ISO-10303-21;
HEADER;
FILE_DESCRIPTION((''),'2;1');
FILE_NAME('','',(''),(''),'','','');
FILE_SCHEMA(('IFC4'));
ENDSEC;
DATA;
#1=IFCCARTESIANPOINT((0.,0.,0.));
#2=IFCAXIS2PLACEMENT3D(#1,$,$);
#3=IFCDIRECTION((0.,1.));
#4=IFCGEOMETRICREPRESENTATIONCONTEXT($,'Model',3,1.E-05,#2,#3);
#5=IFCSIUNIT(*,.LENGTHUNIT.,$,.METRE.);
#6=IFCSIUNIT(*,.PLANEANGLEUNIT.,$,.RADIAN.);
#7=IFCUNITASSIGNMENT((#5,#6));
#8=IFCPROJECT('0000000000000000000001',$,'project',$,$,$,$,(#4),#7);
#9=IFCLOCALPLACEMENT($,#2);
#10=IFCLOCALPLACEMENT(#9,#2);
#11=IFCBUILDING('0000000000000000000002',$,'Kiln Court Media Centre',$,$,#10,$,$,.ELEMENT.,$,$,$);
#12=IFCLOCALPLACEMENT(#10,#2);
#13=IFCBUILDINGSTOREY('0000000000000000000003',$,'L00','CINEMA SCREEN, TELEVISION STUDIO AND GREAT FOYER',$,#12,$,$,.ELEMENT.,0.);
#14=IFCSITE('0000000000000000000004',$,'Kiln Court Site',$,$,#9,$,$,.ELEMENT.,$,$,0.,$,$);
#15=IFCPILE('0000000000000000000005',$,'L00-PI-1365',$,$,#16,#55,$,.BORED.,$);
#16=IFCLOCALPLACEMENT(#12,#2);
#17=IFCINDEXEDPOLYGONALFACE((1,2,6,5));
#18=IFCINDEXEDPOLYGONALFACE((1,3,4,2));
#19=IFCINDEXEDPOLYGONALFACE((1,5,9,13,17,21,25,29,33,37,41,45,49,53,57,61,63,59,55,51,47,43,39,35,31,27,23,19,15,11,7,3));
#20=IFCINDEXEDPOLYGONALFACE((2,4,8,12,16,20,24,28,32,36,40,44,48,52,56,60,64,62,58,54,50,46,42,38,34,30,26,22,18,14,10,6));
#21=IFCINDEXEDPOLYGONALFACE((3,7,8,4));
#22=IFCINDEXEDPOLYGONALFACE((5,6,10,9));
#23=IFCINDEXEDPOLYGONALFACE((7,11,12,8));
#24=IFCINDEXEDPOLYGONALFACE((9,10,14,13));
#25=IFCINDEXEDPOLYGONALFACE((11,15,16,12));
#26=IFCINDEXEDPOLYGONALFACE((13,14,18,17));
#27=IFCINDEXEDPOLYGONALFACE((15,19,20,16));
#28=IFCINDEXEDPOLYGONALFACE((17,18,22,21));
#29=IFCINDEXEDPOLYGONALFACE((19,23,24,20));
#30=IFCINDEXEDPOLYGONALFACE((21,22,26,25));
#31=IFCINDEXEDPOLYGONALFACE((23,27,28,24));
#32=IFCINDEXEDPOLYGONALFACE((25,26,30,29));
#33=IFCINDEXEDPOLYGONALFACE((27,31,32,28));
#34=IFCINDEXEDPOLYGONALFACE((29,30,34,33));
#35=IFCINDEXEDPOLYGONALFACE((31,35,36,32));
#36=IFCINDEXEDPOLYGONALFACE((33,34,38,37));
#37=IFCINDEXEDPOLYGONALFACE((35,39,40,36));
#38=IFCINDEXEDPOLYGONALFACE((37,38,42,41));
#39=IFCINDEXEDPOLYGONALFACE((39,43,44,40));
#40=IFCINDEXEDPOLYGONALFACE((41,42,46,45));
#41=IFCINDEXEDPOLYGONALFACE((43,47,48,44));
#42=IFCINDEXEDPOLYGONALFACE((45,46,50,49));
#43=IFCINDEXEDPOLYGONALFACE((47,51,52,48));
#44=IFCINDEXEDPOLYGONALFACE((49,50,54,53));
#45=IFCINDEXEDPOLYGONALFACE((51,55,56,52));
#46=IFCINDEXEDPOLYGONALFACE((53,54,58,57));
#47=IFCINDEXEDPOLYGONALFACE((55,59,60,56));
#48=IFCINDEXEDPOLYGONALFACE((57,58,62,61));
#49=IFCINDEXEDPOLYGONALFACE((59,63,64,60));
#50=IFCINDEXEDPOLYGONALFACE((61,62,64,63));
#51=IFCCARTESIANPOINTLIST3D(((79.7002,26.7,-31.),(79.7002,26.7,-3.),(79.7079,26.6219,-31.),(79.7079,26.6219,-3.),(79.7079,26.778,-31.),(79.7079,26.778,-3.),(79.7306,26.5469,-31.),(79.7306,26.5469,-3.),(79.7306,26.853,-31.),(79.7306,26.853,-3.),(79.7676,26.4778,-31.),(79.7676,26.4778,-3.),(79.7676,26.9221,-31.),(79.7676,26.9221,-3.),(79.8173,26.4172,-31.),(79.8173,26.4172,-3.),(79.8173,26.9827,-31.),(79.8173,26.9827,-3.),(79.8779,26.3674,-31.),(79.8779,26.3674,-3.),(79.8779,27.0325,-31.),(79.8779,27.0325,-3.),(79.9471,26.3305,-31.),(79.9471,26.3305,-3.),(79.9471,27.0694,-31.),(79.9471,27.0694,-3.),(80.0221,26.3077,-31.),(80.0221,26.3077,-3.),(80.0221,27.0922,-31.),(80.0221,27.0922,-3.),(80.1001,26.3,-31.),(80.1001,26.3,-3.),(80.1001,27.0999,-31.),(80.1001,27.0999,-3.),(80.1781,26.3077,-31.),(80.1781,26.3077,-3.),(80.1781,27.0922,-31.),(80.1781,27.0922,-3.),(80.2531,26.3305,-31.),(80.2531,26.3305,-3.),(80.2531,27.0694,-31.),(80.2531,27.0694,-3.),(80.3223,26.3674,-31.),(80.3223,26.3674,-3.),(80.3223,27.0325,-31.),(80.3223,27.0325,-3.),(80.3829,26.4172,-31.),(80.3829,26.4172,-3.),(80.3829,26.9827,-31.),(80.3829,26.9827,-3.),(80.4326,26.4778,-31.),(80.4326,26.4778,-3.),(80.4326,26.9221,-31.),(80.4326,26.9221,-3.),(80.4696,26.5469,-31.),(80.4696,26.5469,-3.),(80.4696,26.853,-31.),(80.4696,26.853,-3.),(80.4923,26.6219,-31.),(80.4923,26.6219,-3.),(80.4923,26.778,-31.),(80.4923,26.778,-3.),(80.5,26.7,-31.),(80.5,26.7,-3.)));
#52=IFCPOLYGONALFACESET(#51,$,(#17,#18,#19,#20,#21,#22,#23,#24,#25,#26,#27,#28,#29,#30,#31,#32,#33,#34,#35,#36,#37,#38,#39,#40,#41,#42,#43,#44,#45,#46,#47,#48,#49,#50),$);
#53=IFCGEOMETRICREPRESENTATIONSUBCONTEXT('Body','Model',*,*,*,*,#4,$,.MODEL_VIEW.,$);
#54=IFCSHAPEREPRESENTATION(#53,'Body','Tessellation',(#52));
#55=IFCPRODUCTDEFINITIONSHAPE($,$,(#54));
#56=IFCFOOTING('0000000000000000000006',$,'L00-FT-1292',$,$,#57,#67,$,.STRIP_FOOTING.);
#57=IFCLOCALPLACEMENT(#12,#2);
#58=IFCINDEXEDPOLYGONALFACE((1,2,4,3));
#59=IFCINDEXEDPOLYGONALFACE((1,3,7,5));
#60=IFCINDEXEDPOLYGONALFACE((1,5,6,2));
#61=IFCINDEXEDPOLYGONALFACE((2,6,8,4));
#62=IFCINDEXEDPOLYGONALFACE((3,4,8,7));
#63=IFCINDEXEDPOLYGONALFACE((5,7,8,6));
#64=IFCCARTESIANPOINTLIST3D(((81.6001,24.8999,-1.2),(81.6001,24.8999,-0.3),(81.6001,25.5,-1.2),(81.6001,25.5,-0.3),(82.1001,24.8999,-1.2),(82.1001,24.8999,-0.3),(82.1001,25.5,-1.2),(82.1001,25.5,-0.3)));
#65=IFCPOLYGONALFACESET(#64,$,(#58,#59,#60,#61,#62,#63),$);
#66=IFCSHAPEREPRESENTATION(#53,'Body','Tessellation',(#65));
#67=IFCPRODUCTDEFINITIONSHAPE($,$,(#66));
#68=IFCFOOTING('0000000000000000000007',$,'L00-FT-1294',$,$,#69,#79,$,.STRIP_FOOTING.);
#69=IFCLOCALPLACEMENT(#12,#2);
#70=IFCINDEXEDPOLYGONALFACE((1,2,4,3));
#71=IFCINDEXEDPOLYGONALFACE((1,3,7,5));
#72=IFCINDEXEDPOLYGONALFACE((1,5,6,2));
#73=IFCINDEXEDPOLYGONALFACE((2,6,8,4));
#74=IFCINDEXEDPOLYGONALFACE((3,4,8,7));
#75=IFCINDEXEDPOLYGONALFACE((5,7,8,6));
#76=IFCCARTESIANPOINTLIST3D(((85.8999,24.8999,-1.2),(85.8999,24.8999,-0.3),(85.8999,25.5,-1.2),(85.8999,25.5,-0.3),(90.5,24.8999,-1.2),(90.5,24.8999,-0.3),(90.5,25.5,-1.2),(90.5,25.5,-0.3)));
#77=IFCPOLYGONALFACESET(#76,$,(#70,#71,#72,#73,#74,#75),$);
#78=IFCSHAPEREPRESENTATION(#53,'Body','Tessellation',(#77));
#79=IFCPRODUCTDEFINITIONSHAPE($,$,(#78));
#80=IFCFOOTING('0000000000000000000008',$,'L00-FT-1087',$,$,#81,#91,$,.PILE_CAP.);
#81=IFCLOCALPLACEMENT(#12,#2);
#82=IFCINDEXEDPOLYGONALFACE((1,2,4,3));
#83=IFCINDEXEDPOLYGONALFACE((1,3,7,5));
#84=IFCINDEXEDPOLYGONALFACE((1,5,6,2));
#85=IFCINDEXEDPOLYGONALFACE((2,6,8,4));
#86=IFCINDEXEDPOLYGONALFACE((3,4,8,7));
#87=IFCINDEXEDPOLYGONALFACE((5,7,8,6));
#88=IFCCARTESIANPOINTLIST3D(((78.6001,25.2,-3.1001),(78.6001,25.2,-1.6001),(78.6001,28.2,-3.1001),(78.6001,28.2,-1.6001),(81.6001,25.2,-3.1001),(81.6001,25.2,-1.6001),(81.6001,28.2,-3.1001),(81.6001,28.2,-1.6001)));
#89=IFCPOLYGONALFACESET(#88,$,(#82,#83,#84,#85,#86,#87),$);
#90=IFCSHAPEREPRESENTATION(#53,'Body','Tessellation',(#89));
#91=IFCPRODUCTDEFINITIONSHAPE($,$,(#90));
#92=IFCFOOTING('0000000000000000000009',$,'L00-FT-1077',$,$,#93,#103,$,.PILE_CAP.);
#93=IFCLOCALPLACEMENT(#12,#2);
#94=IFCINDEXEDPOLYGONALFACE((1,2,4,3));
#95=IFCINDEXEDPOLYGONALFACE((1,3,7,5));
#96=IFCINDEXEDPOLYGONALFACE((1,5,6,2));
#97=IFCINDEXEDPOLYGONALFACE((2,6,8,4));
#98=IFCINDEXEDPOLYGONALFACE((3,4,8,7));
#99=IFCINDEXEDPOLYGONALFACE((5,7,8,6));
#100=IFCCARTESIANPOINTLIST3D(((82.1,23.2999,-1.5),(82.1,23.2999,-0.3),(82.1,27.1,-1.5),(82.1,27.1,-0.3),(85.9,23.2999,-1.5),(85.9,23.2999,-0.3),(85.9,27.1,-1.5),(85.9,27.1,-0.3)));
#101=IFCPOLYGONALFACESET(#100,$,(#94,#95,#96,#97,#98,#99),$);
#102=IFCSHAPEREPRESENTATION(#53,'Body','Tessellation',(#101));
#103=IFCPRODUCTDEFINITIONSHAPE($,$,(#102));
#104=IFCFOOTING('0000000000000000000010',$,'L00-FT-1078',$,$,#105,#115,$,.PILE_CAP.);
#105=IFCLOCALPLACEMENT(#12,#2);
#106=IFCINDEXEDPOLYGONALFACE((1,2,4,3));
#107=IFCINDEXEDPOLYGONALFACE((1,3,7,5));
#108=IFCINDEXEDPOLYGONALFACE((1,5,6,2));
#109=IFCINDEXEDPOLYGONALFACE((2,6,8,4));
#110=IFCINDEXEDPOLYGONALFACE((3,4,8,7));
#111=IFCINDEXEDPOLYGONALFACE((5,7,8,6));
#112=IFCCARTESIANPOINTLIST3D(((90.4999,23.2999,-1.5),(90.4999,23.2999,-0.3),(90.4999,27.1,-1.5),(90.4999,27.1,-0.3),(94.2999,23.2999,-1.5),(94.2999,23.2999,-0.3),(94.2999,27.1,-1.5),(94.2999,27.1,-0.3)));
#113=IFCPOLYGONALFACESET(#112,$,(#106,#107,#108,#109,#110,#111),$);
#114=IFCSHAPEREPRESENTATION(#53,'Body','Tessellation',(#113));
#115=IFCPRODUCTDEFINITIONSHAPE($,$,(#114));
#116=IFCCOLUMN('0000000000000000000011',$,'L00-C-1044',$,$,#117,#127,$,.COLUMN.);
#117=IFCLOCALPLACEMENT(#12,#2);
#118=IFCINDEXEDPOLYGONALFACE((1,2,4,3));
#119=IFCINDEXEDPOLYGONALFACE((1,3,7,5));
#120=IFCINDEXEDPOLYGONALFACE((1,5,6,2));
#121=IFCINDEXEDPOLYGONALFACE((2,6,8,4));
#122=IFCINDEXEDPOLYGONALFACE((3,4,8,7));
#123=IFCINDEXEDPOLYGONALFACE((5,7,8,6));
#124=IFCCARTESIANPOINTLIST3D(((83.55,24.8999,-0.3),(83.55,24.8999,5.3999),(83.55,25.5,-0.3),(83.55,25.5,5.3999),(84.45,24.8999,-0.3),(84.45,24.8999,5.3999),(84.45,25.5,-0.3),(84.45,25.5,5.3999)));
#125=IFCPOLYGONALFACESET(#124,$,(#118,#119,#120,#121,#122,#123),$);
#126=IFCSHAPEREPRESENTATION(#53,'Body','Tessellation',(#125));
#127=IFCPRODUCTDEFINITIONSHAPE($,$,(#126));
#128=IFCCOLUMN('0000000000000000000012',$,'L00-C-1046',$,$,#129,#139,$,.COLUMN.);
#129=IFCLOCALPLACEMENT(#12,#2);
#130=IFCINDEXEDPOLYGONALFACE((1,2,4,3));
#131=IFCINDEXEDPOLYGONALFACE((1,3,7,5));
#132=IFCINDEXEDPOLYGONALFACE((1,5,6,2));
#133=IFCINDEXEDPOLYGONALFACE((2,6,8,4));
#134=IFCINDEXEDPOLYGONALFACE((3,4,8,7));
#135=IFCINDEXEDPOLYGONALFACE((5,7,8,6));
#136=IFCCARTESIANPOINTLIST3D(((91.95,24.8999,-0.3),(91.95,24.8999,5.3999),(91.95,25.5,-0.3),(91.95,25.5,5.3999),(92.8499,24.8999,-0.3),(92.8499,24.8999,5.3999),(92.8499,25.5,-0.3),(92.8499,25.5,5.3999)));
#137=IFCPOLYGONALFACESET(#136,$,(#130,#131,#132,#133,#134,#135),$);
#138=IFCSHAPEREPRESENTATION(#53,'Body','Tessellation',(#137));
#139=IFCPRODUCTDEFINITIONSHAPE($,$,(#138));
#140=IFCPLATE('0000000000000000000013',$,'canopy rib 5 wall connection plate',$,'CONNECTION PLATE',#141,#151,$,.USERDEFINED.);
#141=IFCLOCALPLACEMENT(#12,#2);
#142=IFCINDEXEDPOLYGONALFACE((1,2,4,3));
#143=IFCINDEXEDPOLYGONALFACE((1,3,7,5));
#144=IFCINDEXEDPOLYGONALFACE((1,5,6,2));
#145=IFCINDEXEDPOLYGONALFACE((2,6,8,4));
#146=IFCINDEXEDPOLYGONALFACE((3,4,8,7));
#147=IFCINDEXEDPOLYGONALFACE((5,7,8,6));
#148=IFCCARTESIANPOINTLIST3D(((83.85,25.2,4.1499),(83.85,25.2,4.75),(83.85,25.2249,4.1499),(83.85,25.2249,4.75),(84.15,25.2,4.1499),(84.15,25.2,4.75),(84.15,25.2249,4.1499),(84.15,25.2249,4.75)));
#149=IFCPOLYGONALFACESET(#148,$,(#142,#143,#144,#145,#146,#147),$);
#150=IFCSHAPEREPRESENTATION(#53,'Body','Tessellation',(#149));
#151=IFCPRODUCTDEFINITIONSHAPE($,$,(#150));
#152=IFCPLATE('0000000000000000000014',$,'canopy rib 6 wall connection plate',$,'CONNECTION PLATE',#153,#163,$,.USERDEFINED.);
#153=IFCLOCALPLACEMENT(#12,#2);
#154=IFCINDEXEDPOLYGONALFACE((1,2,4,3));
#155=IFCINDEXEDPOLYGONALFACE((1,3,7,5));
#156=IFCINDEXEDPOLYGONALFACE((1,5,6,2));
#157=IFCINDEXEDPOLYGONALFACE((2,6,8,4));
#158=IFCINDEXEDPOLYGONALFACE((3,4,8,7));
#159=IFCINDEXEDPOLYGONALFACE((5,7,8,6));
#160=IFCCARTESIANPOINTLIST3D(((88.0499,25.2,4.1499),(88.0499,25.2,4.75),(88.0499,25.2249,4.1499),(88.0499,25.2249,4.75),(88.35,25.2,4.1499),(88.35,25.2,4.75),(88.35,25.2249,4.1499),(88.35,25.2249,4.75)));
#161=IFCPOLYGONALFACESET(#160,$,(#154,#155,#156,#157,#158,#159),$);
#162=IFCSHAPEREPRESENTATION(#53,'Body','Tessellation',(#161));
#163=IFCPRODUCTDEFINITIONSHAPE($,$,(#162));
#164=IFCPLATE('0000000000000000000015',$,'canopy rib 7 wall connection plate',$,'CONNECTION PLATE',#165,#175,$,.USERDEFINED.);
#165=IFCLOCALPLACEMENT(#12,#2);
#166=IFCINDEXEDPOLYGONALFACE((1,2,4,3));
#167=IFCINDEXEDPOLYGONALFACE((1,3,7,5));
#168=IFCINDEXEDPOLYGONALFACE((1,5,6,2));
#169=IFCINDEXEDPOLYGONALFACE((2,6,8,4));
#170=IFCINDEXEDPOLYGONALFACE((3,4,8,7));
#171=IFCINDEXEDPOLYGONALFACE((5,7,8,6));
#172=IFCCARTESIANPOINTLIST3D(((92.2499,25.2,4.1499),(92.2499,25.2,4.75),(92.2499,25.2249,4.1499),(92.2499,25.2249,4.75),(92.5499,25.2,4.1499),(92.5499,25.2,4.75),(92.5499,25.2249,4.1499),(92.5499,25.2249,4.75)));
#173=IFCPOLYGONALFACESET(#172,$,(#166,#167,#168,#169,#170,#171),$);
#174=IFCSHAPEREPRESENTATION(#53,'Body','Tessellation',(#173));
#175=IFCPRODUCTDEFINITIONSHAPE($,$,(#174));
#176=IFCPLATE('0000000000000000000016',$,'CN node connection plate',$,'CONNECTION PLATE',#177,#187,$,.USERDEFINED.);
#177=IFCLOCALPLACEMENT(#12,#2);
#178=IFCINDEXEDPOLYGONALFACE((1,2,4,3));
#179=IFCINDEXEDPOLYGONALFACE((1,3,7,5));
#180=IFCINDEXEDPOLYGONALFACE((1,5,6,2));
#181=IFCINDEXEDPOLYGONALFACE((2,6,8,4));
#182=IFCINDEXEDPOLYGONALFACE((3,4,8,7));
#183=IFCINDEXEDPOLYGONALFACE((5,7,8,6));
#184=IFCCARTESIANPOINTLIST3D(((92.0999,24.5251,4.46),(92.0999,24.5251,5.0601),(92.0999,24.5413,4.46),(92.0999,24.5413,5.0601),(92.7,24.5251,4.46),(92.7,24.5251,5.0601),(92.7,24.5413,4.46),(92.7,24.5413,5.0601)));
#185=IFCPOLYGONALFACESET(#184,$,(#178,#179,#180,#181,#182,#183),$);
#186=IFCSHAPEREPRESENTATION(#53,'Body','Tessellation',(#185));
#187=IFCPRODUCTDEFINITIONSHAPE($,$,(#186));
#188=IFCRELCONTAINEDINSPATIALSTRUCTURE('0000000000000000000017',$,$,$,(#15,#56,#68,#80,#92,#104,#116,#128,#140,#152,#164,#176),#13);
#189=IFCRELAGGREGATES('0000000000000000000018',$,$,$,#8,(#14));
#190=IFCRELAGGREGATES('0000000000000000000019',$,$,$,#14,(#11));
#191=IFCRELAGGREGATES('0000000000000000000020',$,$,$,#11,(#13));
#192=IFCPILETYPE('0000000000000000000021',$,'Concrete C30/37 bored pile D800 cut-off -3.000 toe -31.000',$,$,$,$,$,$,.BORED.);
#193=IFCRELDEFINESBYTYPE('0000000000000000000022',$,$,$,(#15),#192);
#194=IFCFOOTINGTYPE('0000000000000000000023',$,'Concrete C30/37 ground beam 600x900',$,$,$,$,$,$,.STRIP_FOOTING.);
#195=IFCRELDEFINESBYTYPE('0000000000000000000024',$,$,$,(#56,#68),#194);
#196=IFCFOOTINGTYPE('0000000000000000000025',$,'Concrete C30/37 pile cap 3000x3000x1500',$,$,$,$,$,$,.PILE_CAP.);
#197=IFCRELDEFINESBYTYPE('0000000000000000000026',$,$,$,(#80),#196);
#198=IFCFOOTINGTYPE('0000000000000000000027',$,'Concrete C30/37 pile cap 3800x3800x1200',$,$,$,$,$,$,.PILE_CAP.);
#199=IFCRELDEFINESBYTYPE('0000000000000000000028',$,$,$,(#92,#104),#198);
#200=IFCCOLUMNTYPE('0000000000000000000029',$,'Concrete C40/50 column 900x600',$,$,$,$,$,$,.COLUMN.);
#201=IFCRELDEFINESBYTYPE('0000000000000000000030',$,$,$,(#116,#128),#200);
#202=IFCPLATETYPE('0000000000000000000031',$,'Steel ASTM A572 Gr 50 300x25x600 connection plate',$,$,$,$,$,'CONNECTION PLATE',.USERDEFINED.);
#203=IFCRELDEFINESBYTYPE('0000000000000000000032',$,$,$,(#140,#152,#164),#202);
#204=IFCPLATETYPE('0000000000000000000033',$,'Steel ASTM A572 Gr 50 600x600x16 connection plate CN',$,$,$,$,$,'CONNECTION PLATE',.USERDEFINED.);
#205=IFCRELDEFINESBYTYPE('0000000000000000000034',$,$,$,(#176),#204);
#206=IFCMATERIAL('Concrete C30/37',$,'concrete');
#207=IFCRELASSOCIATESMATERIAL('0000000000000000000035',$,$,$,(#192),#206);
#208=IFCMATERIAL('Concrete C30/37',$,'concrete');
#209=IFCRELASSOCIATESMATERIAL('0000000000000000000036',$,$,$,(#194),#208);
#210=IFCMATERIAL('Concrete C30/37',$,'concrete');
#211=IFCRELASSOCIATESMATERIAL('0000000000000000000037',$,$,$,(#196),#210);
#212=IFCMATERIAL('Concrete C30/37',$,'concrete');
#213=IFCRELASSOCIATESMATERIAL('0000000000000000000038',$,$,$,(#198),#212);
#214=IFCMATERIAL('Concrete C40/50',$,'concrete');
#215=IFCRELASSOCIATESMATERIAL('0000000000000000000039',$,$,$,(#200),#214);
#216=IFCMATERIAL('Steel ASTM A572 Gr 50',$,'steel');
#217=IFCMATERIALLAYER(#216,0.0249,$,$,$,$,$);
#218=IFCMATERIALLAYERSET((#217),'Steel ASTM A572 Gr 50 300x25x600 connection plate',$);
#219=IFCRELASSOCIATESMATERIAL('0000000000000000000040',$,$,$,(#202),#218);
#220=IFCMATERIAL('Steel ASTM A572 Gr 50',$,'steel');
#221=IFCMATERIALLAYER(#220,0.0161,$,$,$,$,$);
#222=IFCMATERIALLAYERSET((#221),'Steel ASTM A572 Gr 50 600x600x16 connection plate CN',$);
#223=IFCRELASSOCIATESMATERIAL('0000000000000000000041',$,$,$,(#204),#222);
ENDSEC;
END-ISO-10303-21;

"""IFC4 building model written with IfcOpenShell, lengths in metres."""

from ifc_helpers import new_model, si_unit, direction, frame, origin, origin_2d, place, context, subcontext, project, spatial, rectangle, circle, extrude, material, layer, layer_set, material_profile, profile_set, type_object, element, save


model = new_model("IFC4")

# Units and contexts
model_context = context("Model", 3, precision=1e-05, world=origin(), true_north=direction((0.0, 1.0)))
body_context = subcontext(model_context, "Body", "Model", "MODEL_VIEW")
ifc_project = project(units=[si_unit("LENGTHUNIT", "METRE"), si_unit("PLANEANGLEUNIT", "RADIAN")], contexts=[model_context])

# Site, building, storey
site_placement = place(None, origin())
site = spatial("IfcSite", under=ifc_project, at=site_placement, Name="Kiln Court Site", CompositionType="ELEMENT", RefElevation=0.0)
building_placement = place(site_placement, origin())
building = spatial("IfcBuilding", under=site, at=building_placement, Name="Kiln Court Media Centre", CompositionType="ELEMENT")
storey_placement = place(building_placement, origin())
storey = spatial("IfcBuildingStorey", under=building, at=storey_placement, Name="L00", Description="CINEMA SCREEN, TELEVISION STUDIO AND GREAT FOYER", CompositionType="ELEMENT", Elevation=0.0)

# Pile
ifc_material_1 = material(Name="Concrete C30/37", Category="concrete")
ifc_material_profile_1 = material_profile(ifc_material_1, circle(Radius=0.3999, at=origin_2d()), Name="PILE D800")
ifc_profile_set_1 = profile_set([ifc_material_profile_1], Name="Concrete C30/37")
pile_type_1 = type_object("IfcPileType", Name="Concrete C30/37 bored pile D800 cut-off -3.000 toe -31.000", PredefinedType="BORED", material=ifc_profile_set_1)
pile_placement = place(storey_placement, frame((80.1001, 26.7, -3.0), z_axis=(0.0, 0.0, -1.0), x_axis=(1.0, 0.0, 0.0)))
element("IfcPile", 1, at=pile_placement, inside=storey, type_object=pile_type_1, Name="L00-PI-1365", PredefinedType="BORED", context=body_context, shape_type="SweptSolid", body=[
    extrude(circle(Radius=0.3999, at=origin_2d()), origin(), (0.0, 0.0, 1.0), 28.0),
])

# Footings
ifc_material_2 = material(Name="Concrete C30/37", Category="concrete")
footing_type_1 = type_object("IfcFootingType", Name="Concrete C30/37 ground beam 600x900", PredefinedType="STRIP_FOOTING", material=ifc_material_2)
footing_1_placement = place(storey_placement, frame((81.8501, 25.2, -1.2), z_axis=(0.0, 0.0, 1.0), x_axis=(1.0, 0.0, 0.0)))
element("IfcFooting", 2, at=footing_1_placement, inside=storey, type_object=footing_type_1, Name="L00-FT-1292", PredefinedType="STRIP_FOOTING", context=body_context, shape_type="SweptSolid", body=[
    extrude(rectangle(XDim=0.5, YDim=0.6001, at=origin_2d()), origin(), (0.0, 0.0, 1.0), 0.8999),
])
footing_2_placement = place(storey_placement, frame((88.2, 25.2, -1.2), z_axis=(0.0, 0.0, 1.0), x_axis=(1.0, 0.0, 0.0)))
element("IfcFooting", 3, at=footing_2_placement, inside=storey, type_object=footing_type_1, Name="L00-FT-1294", PredefinedType="STRIP_FOOTING", context=body_context, shape_type="SweptSolid", body=[
    extrude(rectangle(XDim=4.6001, YDim=0.6001, at=origin_2d()), origin(), (0.0, 0.0, 1.0), 0.8999),
])
ifc_material_3 = material(Name="Concrete C30/37", Category="concrete")
footing_type_2 = type_object("IfcFootingType", Name="Concrete C30/37 pile cap 3000x3000x1500", PredefinedType="PILE_CAP", material=ifc_material_3)
footing_3_placement = place(storey_placement, frame((80.1001, 26.7, -3.1001), z_axis=(0.0, 0.0, 1.0), x_axis=(1.0, 0.0, 0.0)))
element("IfcFooting", 4, at=footing_3_placement, inside=storey, type_object=footing_type_2, Name="L00-FT-1087", PredefinedType="PILE_CAP", context=body_context, shape_type="SweptSolid", body=[
    extrude(rectangle(XDim=3.0, YDim=3.0, at=origin_2d()), origin(), (0.0, 0.0, 1.0), 1.5),
])
ifc_material_4 = material(Name="Concrete C30/37", Category="concrete")
footing_type_3 = type_object("IfcFootingType", Name="Concrete C30/37 pile cap 3800x3800x1200", PredefinedType="PILE_CAP", material=ifc_material_4)
for number, where, z_axis, x_axis, name in (
    (5, (84.0, 25.2, -1.5), (0.0, 0.0, 1.0), (1.0, 0.0, 0.0), "L00-FT-1077"),
    (6, (92.3999, 25.2, -1.5), (0.0, 0.0, 1.0), (1.0, 0.0, 0.0), "L00-FT-1078"),
):
    element("IfcFooting", number, at=place(storey_placement, frame(where, z_axis=z_axis, x_axis=x_axis)), inside=storey, type_object=footing_type_3, Name=name, PredefinedType="PILE_CAP", context=body_context, shape_type="SweptSolid", body=[
        extrude(rectangle(XDim=3.8, YDim=3.8, at=origin_2d()), origin(), (0.0, 0.0, 1.0), 1.2),
    ])

# Columns
ifc_material_5 = material(Name="Concrete C40/50", Category="concrete")
ifc_material_profile_2 = material_profile(ifc_material_5, rectangle(XDim=0.8999, YDim=0.6001, at=origin_2d()), Name="RC 900x600")
ifc_profile_set_2 = profile_set([ifc_material_profile_2], Name="Concrete C40/50")
column_type = type_object("IfcColumnType", Name="Concrete C40/50 column 900x600", PredefinedType="COLUMN", material=ifc_profile_set_2)
for number, where, z_axis, x_axis, name in (
    (7, (84.0, 25.2, -0.3), (0.0, 0.0, 1.0), (1.0, 0.0, 0.0), "L00-C-1044"),
    (8, (92.3999, 25.2, -0.3), (0.0, 0.0, 1.0), (1.0, 0.0, 0.0), "L00-C-1046"),
):
    element("IfcColumn", number, at=place(storey_placement, frame(where, z_axis=z_axis, x_axis=x_axis)), inside=storey, type_object=column_type, Name=name, PredefinedType="COLUMN", context=body_context, shape_type="SweptSolid", body=[
        extrude(rectangle(XDim=0.8999, YDim=0.6001, at=origin_2d()), origin(), (0.0, 0.0, 1.0), 5.7),
    ])

# Plates
ifc_material_6 = material(Name="Steel ASTM A572 Gr 50", Category="steel")
ifc_layer_1 = layer(ifc_material_6, 0.0249)
ifc_layer_set_1 = layer_set([ifc_layer_1], Name="Steel ASTM A572 Gr 50 300x25x600 connection plate")
plate_type_1 = type_object("IfcPlateType", Name="Steel ASTM A572 Gr 50 300x25x600 connection plate", ElementType="CONNECTION PLATE", PredefinedType="USERDEFINED", material=ifc_layer_set_1)
for number, where, z_axis, x_axis, name in (
    (9, (84.0, 25.2124, 4.1499), (0.0, 0.0, 1.0), (1.0, 0.0, 0.0), "canopy rib 5 wall connection plate"),
    (10, (88.2, 25.2124, 4.1499), (0.0, 0.0, 1.0), (1.0, 0.0, 0.0), "canopy rib 6 wall connection plate"),
    (11, (92.3999, 25.2124, 4.1499), (0.0, 0.0, 1.0), (1.0, 0.0, 0.0), "canopy rib 7 wall connection plate"),
):
    element("IfcPlate", number, at=place(storey_placement, frame(where, z_axis=z_axis, x_axis=x_axis)), inside=storey, type_object=plate_type_1, Name=name, ObjectType="CONNECTION PLATE", PredefinedType="USERDEFINED", context=body_context, shape_type="SweptSolid", body=[
        extrude(rectangle(XDim=0.3, YDim=0.0249, at=origin_2d()), origin(), (0.0, 0.0, 1.0), 0.6001),
    ])
ifc_material_7 = material(Name="Steel ASTM A572 Gr 50", Category="steel")
ifc_layer_2 = layer(ifc_material_7, 0.0161)
ifc_layer_set_2 = layer_set([ifc_layer_2], Name="Steel ASTM A572 Gr 50 600x600x16 connection plate CN")
plate_type_2 = type_object("IfcPlateType", Name="Steel ASTM A572 Gr 50 600x600x16 connection plate CN", ElementType="CONNECTION PLATE", PredefinedType="USERDEFINED", material=ifc_layer_set_2)
plate_placement = place(storey_placement, frame((92.3999, 24.5332, 4.46), z_axis=(0.0, 0.0, 1.0), x_axis=(1.0, 0.0, 0.0)))
element("IfcPlate", 12, at=plate_placement, inside=storey, type_object=plate_type_2, Name="CN node connection plate", ObjectType="CONNECTION PLATE", PredefinedType="USERDEFINED", context=body_context, shape_type="SweptSolid", body=[
    extrude(rectangle(XDim=0.6001, YDim=0.0161, at=origin_2d()), origin(), (0.0, 0.0, 1.0), 0.6001),
])

save(model, "model.ifc")
